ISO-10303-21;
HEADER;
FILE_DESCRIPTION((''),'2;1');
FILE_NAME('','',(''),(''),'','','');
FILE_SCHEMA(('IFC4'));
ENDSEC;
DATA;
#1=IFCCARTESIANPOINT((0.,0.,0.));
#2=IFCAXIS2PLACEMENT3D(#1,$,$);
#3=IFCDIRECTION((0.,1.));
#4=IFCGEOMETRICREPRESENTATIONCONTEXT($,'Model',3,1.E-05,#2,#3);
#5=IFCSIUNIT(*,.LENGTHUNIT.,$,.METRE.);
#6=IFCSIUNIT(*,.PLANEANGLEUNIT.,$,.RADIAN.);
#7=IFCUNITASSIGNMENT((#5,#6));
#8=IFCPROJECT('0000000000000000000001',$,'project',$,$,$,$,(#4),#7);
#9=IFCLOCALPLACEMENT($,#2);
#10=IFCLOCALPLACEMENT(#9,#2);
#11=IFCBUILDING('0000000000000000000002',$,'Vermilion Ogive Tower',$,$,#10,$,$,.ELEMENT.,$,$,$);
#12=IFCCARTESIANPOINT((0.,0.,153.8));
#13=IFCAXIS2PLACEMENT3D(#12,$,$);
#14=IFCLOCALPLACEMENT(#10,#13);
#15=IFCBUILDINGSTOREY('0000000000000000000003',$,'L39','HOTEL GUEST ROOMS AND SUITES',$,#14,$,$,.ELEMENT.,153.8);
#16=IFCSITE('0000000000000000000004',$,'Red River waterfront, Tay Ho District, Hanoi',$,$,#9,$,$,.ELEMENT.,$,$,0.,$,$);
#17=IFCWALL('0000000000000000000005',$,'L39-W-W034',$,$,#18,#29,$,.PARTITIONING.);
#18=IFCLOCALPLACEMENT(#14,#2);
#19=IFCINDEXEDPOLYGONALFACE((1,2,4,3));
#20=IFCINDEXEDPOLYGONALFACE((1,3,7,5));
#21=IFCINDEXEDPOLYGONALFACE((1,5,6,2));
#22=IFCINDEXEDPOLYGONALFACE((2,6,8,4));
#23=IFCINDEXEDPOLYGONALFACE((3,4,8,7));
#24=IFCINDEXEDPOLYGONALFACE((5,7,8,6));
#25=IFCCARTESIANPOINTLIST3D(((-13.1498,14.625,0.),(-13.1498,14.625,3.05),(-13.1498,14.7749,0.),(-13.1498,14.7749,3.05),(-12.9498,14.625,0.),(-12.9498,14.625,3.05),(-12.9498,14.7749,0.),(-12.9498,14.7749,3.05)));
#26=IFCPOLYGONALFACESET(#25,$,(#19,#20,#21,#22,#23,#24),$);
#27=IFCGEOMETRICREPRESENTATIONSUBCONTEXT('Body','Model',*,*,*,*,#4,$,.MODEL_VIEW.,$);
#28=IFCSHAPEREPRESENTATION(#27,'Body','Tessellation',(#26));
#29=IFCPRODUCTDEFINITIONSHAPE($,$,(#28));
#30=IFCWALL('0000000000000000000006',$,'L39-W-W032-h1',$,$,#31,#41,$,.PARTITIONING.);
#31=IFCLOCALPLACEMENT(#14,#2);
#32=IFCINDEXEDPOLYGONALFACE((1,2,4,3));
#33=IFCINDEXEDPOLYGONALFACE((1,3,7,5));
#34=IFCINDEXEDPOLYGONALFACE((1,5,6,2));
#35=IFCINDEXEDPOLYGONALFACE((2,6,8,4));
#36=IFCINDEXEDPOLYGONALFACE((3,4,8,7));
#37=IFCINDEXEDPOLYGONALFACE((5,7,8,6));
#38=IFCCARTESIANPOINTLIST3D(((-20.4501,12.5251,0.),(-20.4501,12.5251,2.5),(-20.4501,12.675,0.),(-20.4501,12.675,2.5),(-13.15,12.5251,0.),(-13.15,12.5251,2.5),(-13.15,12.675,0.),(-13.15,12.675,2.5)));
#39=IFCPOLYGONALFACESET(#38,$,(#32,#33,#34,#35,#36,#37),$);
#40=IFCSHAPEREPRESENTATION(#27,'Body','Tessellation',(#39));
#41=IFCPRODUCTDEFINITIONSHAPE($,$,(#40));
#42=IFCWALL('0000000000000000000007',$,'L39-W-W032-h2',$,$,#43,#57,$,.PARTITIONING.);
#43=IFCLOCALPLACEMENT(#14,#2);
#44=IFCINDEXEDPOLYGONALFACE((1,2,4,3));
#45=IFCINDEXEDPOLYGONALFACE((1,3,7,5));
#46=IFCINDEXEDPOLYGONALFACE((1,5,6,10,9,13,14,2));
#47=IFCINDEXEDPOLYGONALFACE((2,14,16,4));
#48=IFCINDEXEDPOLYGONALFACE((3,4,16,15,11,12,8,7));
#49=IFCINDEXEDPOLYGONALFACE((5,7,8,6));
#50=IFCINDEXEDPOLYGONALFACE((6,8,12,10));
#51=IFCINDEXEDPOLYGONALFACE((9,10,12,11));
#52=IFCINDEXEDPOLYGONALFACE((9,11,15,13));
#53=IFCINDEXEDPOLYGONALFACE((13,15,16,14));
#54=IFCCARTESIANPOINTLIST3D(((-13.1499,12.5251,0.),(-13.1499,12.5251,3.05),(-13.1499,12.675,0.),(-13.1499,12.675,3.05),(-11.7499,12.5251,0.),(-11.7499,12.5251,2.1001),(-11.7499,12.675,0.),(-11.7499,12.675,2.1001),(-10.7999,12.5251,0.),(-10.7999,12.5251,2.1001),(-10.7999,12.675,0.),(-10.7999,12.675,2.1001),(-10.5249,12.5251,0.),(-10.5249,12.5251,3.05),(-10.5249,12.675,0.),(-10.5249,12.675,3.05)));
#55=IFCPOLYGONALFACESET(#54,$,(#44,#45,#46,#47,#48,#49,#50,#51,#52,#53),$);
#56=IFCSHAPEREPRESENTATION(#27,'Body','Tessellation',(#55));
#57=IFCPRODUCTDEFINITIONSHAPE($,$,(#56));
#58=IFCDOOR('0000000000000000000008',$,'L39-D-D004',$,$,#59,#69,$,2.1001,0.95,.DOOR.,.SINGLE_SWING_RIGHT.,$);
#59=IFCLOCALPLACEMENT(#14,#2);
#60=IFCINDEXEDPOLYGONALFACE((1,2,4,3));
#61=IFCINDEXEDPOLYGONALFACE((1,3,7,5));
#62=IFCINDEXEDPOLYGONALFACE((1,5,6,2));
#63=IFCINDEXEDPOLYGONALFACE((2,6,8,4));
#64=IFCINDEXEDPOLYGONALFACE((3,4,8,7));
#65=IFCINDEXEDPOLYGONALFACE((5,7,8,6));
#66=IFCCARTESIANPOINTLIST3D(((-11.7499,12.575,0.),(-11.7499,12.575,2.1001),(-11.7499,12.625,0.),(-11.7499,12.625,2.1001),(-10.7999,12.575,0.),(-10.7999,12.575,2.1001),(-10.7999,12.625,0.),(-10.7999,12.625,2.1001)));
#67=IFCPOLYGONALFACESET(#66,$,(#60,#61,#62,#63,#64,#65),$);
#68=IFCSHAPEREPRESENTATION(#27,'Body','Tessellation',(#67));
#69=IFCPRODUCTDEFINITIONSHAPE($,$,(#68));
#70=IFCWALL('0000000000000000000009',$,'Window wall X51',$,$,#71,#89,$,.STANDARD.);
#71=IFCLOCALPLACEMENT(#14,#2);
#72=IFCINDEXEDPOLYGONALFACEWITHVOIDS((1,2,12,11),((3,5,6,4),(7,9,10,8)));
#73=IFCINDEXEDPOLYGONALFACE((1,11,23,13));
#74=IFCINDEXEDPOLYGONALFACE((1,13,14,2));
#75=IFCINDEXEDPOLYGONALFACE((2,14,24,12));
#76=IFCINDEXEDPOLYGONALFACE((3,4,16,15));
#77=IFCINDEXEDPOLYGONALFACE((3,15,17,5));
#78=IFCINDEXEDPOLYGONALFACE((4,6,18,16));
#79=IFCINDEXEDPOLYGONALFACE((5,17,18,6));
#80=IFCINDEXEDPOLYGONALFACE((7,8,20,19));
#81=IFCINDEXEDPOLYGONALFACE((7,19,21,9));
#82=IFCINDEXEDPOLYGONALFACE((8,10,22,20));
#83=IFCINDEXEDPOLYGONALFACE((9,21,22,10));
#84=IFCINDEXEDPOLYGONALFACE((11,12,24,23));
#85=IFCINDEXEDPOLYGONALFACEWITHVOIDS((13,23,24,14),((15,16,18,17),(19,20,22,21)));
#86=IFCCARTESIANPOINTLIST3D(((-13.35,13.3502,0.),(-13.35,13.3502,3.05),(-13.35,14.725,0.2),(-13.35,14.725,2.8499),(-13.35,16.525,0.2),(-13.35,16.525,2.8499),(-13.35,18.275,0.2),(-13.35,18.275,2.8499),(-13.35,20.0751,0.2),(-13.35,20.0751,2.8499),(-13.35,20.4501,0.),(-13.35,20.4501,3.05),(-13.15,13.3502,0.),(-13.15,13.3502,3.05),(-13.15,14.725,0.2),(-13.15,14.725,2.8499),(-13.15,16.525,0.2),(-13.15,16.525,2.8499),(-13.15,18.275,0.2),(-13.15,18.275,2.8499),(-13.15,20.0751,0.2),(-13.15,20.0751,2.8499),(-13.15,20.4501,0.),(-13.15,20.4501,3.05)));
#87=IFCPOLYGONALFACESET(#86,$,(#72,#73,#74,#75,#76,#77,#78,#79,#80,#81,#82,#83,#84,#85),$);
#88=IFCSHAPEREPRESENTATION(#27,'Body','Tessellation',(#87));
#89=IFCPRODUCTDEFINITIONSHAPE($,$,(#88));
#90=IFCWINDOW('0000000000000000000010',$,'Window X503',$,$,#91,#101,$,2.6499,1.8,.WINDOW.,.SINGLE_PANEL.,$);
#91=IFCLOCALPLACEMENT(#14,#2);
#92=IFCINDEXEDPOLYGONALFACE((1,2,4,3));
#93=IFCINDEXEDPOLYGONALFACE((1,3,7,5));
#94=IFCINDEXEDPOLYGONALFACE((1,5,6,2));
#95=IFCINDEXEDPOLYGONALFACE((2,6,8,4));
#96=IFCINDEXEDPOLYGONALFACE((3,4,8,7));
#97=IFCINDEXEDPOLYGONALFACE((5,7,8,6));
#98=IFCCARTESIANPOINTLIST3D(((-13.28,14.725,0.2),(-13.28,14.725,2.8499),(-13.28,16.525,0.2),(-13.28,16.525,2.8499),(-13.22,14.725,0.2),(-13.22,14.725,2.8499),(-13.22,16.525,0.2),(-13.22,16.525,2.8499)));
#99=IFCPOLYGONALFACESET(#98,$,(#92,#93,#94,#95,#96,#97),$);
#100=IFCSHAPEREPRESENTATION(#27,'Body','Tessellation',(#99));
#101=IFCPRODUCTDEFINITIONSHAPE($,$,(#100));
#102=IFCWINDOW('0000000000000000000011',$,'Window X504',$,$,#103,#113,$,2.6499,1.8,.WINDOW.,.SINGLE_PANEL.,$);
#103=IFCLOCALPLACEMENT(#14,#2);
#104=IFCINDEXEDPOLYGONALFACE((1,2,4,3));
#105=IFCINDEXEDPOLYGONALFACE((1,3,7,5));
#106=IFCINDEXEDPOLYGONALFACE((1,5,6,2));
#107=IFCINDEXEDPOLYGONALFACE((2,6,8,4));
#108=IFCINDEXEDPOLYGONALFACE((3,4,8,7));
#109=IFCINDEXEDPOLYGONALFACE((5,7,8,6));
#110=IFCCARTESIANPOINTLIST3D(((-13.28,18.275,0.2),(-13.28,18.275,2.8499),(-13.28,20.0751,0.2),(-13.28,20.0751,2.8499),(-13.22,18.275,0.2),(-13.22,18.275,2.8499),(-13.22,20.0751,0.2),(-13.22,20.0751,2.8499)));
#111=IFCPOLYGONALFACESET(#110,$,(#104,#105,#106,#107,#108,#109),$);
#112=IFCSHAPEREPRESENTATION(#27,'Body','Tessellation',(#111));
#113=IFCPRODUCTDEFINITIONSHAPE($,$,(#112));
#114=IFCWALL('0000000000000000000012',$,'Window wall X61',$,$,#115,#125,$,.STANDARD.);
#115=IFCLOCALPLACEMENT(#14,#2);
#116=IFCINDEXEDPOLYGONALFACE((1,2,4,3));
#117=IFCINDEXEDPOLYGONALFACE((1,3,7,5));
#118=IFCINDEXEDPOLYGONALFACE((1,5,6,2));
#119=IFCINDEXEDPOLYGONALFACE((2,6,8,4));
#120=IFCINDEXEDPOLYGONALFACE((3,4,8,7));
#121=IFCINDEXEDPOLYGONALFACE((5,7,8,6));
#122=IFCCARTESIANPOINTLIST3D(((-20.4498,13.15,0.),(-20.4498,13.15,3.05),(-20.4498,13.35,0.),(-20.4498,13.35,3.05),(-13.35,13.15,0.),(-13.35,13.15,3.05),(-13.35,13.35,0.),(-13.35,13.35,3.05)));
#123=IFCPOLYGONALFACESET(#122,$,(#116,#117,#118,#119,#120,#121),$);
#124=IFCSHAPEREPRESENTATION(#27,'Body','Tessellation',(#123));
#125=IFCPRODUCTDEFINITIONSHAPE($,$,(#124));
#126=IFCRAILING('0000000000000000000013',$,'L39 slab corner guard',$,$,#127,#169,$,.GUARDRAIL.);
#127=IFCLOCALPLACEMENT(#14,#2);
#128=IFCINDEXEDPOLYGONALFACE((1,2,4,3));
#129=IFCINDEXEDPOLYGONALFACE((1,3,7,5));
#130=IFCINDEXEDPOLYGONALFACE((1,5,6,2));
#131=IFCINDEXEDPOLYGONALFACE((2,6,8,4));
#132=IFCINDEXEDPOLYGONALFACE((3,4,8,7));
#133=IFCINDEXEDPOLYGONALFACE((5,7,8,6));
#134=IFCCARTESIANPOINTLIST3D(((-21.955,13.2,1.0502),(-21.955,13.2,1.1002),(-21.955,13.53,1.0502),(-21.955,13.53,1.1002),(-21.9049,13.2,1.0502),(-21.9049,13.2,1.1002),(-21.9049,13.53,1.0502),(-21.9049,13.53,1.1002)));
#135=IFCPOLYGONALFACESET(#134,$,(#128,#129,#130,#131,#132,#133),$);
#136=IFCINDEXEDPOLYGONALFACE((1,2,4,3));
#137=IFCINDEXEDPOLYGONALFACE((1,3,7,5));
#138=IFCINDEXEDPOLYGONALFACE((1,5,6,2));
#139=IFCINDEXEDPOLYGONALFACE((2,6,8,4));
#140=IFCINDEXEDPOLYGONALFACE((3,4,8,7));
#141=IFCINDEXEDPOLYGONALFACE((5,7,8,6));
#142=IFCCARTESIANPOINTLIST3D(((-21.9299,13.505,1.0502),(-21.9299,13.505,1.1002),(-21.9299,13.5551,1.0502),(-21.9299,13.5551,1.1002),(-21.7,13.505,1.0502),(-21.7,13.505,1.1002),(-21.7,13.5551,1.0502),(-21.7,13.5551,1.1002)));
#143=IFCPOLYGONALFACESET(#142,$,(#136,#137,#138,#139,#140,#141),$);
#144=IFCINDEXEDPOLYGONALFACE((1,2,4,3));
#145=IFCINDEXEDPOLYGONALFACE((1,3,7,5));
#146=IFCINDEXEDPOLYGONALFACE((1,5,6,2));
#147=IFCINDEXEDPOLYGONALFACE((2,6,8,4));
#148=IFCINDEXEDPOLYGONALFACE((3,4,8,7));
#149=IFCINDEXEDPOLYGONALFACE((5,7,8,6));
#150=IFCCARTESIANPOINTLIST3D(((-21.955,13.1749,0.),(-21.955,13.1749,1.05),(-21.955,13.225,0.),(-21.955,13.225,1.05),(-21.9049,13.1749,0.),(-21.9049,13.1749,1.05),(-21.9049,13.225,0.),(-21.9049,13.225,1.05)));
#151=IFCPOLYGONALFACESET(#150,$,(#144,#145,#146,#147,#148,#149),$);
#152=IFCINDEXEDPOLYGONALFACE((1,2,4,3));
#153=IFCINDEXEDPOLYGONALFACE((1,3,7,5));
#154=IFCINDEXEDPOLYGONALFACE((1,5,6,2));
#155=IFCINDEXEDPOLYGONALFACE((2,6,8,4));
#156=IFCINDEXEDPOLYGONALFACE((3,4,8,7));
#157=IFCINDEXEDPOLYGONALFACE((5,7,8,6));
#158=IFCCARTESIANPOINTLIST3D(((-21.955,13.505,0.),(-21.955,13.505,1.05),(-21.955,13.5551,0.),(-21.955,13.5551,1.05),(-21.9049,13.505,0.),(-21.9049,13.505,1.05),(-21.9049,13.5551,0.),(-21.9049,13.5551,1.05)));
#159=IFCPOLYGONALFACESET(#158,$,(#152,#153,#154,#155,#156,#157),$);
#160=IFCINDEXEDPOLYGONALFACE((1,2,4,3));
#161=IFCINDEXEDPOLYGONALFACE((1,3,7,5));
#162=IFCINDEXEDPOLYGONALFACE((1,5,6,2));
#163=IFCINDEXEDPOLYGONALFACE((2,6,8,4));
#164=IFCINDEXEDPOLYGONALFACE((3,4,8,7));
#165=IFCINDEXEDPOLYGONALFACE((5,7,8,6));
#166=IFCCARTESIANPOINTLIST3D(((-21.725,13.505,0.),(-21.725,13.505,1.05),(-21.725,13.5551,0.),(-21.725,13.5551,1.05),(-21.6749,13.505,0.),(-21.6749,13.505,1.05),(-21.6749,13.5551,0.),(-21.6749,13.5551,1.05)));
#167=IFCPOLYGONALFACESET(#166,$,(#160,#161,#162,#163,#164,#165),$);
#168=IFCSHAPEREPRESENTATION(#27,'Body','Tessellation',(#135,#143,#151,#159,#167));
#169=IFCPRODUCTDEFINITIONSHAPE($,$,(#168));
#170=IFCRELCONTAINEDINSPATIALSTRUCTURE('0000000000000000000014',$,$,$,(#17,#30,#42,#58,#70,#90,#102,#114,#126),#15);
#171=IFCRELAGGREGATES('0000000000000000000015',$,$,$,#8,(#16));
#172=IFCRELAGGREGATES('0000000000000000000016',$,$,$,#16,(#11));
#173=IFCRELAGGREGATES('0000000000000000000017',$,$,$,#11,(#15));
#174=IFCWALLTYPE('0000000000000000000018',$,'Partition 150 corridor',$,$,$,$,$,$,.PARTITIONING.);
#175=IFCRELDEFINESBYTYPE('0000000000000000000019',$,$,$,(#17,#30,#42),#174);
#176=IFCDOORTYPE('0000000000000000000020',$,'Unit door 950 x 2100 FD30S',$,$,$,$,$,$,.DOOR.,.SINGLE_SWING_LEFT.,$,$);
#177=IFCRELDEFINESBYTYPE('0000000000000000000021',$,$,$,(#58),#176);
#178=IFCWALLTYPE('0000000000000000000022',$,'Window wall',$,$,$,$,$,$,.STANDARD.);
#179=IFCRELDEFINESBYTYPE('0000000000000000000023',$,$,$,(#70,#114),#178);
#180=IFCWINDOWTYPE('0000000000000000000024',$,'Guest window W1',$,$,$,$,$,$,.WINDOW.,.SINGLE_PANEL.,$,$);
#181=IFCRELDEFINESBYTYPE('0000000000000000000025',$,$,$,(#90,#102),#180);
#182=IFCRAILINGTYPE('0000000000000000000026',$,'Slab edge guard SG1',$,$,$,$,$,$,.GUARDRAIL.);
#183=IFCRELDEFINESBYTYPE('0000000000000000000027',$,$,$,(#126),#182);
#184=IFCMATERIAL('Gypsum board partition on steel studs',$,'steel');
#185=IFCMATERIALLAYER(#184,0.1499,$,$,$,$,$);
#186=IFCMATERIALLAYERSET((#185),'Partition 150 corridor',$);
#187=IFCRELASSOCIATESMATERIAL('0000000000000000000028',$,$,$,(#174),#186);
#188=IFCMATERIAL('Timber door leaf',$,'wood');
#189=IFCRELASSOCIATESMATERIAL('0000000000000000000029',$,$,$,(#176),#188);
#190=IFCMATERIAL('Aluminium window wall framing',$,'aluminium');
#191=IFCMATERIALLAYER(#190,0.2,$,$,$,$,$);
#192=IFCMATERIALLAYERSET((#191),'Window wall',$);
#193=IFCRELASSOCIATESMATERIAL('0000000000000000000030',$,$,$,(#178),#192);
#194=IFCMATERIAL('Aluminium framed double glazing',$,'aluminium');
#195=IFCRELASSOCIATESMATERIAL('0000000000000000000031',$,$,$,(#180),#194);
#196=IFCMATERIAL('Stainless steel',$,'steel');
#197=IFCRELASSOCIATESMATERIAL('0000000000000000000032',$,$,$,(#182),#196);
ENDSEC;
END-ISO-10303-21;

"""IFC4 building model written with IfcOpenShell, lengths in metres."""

from ifc_helpers import new_model, si_unit, direction, frame, frame_2d, origin, origin_2d, place, context, subcontext, project, spatial, rectangle, extrude, material, layer, layer_set, type_object, element, fill, save


model = new_model("IFC4")

# Units and contexts
model_context = context("Model", 3, precision=1e-05, world=origin(), true_north=direction((0.0, 1.0)))
body_context = subcontext(model_context, "Body", "Model", "MODEL_VIEW")
ifc_project = project(units=[si_unit("LENGTHUNIT", "METRE"), si_unit("PLANEANGLEUNIT", "RADIAN")], contexts=[model_context])

# Site, building, storey
site_placement = place(None, origin())
site = spatial("IfcSite", under=ifc_project, at=site_placement, Name="Red River waterfront, Tay Ho District, Hanoi", CompositionType="ELEMENT", RefElevation=0.0)
building_placement = place(site_placement, origin())
building = spatial("IfcBuilding", under=site, at=building_placement, Name="Vermilion Ogive Tower", CompositionType="ELEMENT")
storey_placement = place(building_placement, frame((0.0, 0.0, 153.8)))
storey = spatial("IfcBuildingStorey", under=building, at=storey_placement, Name="L39", Description="HOTEL GUEST ROOMS AND SUITES", CompositionType="ELEMENT", Elevation=153.8)

# Walls
ifc_material_1 = material(Name="Gypsum board partition on steel studs", Category="steel")
ifc_layer_1 = layer(ifc_material_1, 0.1499)
ifc_layer_set_1 = layer_set([ifc_layer_1], Name="Partition 150 corridor")
wall_type_1 = type_object("IfcWallType", Name="Partition 150 corridor", PredefinedType="PARTITIONING", material=ifc_layer_set_1)
wall_1_placement = place(storey_placement, frame((-13.1499, 14.7, 0.0), z_axis=(0.0, 0.0, 1.0), x_axis=(1.0, 0.0, 0.0)))
element("IfcWall", 1, at=wall_1_placement, inside=storey, type_object=wall_type_1, Name="L39-W-W034", PredefinedType="PARTITIONING", context=body_context, shape_type="SweptSolid", body=[
    extrude(rectangle(XDim=0.2, YDim=0.1499, at=frame_2d((0.1001, 0.0))), origin(), (0.0, 0.0, 1.0), 3.05),
])
wall_2_placement = place(storey_placement, frame((-20.45, 12.6001, 0.0), z_axis=(0.0, 0.0, 1.0), x_axis=(1.0, 0.0, 0.0)))
element("IfcWall", 2, at=wall_2_placement, inside=storey, type_object=wall_type_1, Name="L39-W-W032-h1", PredefinedType="PARTITIONING", context=body_context, shape_type="SweptSolid", body=[
    extrude(rectangle(XDim=7.3, YDim=0.1499, at=frame_2d((3.6499, 0.0))), origin(), (0.0, 0.0, 1.0), 2.5),
])

# Wall, opening, door
wall_3_placement = place(storey_placement, frame((-13.1499, 12.6001, 0.0), z_axis=(0.0, 0.0, 1.0), x_axis=(1.0, 0.0, 0.0)))
wall_3 = element("IfcWall", 3, at=wall_3_placement, inside=storey, type_object=wall_type_1, Name="L39-W-W032-h2", PredefinedType="PARTITIONING", context=body_context, shape_type="SweptSolid", body=[
    extrude(rectangle(XDim=2.625, YDim=0.1499, at=frame_2d((1.3125, 0.0))), origin(), (0.0, 0.0, 1.0), 3.05),
])
opening_1_placement = place(wall_3_placement, frame((1.3999, 0.0, 0.0)))
opening_1 = element("IfcOpeningElement", 4, at=opening_1_placement, cuts=wall_3, PredefinedType="OPENING", context=body_context, shape_type="SweptSolid", body=[
    extrude(rectangle(XDim=0.95, YDim=2.1001, at=frame_2d((0.4751, 1.05))), frame((0.0, 0.085, 0.0), z_axis=(0.0, -1.0, 0.0), x_axis=(1.0, 0.0, 0.0)), (0.0, 0.0, 1.0), 0.1699),
])
ifc_material_2 = material(Name="Timber door leaf", Category="wood")
door_type_1 = type_object("IfcDoorType", Name="Unit door 950 x 2100 FD30S", OperationType="SINGLE_SWING_LEFT", PredefinedType="DOOR", material=ifc_material_2)
door_1_placement = place(opening_1_placement, origin())
door_1 = element("IfcDoor", 5, at=door_1_placement, inside=storey, type_object=door_type_1, Name="L39-D-D004", OperationType="SINGLE_SWING_RIGHT", OverallHeight=2.1001, OverallWidth=0.95, PredefinedType="DOOR", context=body_context, shape_type="SweptSolid", body=[
    extrude(rectangle(XDim=0.95, YDim=2.1001, at=frame_2d((0.4751, 1.05))), frame((0.0, 0.0249, 0.0), z_axis=(0.0, -1.0, 0.0), x_axis=(1.0, 0.0, 0.0)), (0.0, 0.0, 1.0), 0.05),
])
fill(opening_1, door_1)

# Wall, openings, windows
ifc_material_3 = material(Name="Aluminium window wall framing", Category="aluminium")
ifc_layer_2 = layer(ifc_material_3, 0.2)
ifc_layer_set_2 = layer_set([ifc_layer_2], Name="Window wall")
wall_type_2 = type_object("IfcWallType", Name="Window wall", PredefinedType="STANDARD", material=ifc_layer_set_2)
wall_4_placement = place(storey_placement, frame((-13.25, 20.45, 0.0), z_axis=(0.0, 0.0, 1.0), x_axis=(0.0, -1.0, 0.0)))
wall_4 = element("IfcWall", 6, at=wall_4_placement, inside=storey, type_object=wall_type_2, Name="Window wall X51", PredefinedType="STANDARD", context=body_context, shape_type="SweptSolid", body=[
    extrude(rectangle(XDim=7.0999, YDim=0.2, at=frame_2d((3.5498, 0.0))), origin(), (0.0, 0.0, 1.0), 3.05),
])
opening_2_placement = place(wall_4_placement, frame((3.925, 0.0, 0.2)))
opening_2 = element("IfcOpeningElement", 7, at=opening_2_placement, cuts=wall_4, PredefinedType="OPENING", context=body_context, shape_type="SweptSolid", body=[
    extrude(rectangle(XDim=1.8, YDim=2.6499, at=frame_2d((0.8999, 1.325))), frame((0.0, 0.1099, 0.0), z_axis=(0.0, -1.0, 0.0), x_axis=(1.0, 0.0, 0.0)), (0.0, 0.0, 1.0), 0.22),
])
opening_3_placement = place(wall_4_placement, frame((0.375, 0.0, 0.2)))
opening_3 = element("IfcOpeningElement", 8, at=opening_3_placement, cuts=wall_4, PredefinedType="OPENING", context=body_context, shape_type="SweptSolid", body=[
    extrude(rectangle(XDim=1.8, YDim=2.6499, at=frame_2d((0.8999, 1.325))), frame((0.0, 0.1099, 0.0), z_axis=(0.0, -1.0, 0.0), x_axis=(1.0, 0.0, 0.0)), (0.0, 0.0, 1.0), 0.22),
])
ifc_material_4 = material(Name="Aluminium framed double glazing", Category="aluminium")
window_type = type_object("IfcWindowType", Name="Guest window W1", PartitioningType="SINGLE_PANEL", PredefinedType="WINDOW", material=ifc_material_4)
window_1_placement = place(opening_2_placement, origin())
window_1 = element("IfcWindow", 9, at=window_1_placement, inside=storey, type_object=window_type, Name="Window X503", OverallHeight=2.6499, OverallWidth=1.8, PartitioningType="SINGLE_PANEL", PredefinedType="WINDOW", context=body_context, shape_type="SweptSolid", body=[
    extrude(rectangle(XDim=1.8, YDim=2.6499, at=frame_2d((0.8999, 1.325))), frame((0.0, 0.03, 0.0), z_axis=(0.0, -1.0, 0.0), x_axis=(1.0, 0.0, 0.0)), (0.0, 0.0, 1.0), 0.0601),
])
fill(opening_2, window_1)
window_2_placement = place(opening_3_placement, origin())
window_2 = element("IfcWindow", 10, at=window_2_placement, inside=storey, type_object=window_type, Name="Window X504", OverallHeight=2.6499, OverallWidth=1.8, PartitioningType="SINGLE_PANEL", PredefinedType="WINDOW", context=body_context, shape_type="SweptSolid", body=[
    extrude(rectangle(XDim=1.8, YDim=2.6499, at=frame_2d((0.8999, 1.325))), frame((0.0, 0.03, 0.0), z_axis=(0.0, -1.0, 0.0), x_axis=(1.0, 0.0, 0.0)), (0.0, 0.0, 1.0), 0.0601),
])
fill(opening_3, window_2)

# Wall
wall_5_placement = place(storey_placement, frame((-13.3501, 13.25, 0.0), z_axis=(0.0, 0.0, 1.0), x_axis=(-1.0, 0.0, 0.0)))
element("IfcWall", 11, at=wall_5_placement, inside=storey, type_object=wall_type_2, Name="Window wall X61", PredefinedType="STANDARD", context=body_context, shape_type="SweptSolid", body=[
    extrude(rectangle(XDim=7.0999, YDim=0.2, at=frame_2d((3.5498, 0.0))), origin(), (0.0, 0.0, 1.0), 3.05),
])

# Railing
ifc_material_5 = material(Name="Stainless steel", Category="steel")
railing_type = type_object("IfcRailingType", Name="Slab edge guard SG1", PredefinedType="GUARDRAIL", material=ifc_material_5)
railing_1_placement = place(storey_placement, frame((-21.9299, 13.2, 0.0)))
element("IfcRailing", 12, at=railing_1_placement, inside=storey, type_object=railing_type, Name="L39 slab corner guard", PredefinedType="GUARDRAIL", context=body_context, shape_type="SweptSolid", body=[
    extrude(rectangle(XDim=0.05, YDim=0.05, at=origin_2d()), frame((0.0, 0.0, 1.0752), z_axis=(0.0, 1.0, 0.0), x_axis=(-1.0, 0.0, 0.0)), (0.0, 0.0, 1.0), 0.3301),
    extrude(rectangle(XDim=0.05, YDim=0.05, at=origin_2d()), frame((0.0, 0.3301, 1.0752), z_axis=(1.0, 0.0, 0.0), x_axis=(0.0, 1.0, 0.0)), (0.0, 0.0, 1.0), 0.23),
    extrude(rectangle(XDim=0.05, YDim=0.05, at=origin_2d()), origin(), (0.0, 0.0, 1.0), 1.05),
    extrude(rectangle(XDim=0.05, YDim=0.05, at=origin_2d()), frame((0.0, 0.3301, 0.0)), (0.0, 0.0, 1.0), 1.05),
    extrude(rectangle(XDim=0.05, YDim=0.05, at=origin_2d()), frame((0.23, 0.3301, 0.0)), (0.0, 0.0, 1.0), 1.05),
])

save(model, "model.ifc")
